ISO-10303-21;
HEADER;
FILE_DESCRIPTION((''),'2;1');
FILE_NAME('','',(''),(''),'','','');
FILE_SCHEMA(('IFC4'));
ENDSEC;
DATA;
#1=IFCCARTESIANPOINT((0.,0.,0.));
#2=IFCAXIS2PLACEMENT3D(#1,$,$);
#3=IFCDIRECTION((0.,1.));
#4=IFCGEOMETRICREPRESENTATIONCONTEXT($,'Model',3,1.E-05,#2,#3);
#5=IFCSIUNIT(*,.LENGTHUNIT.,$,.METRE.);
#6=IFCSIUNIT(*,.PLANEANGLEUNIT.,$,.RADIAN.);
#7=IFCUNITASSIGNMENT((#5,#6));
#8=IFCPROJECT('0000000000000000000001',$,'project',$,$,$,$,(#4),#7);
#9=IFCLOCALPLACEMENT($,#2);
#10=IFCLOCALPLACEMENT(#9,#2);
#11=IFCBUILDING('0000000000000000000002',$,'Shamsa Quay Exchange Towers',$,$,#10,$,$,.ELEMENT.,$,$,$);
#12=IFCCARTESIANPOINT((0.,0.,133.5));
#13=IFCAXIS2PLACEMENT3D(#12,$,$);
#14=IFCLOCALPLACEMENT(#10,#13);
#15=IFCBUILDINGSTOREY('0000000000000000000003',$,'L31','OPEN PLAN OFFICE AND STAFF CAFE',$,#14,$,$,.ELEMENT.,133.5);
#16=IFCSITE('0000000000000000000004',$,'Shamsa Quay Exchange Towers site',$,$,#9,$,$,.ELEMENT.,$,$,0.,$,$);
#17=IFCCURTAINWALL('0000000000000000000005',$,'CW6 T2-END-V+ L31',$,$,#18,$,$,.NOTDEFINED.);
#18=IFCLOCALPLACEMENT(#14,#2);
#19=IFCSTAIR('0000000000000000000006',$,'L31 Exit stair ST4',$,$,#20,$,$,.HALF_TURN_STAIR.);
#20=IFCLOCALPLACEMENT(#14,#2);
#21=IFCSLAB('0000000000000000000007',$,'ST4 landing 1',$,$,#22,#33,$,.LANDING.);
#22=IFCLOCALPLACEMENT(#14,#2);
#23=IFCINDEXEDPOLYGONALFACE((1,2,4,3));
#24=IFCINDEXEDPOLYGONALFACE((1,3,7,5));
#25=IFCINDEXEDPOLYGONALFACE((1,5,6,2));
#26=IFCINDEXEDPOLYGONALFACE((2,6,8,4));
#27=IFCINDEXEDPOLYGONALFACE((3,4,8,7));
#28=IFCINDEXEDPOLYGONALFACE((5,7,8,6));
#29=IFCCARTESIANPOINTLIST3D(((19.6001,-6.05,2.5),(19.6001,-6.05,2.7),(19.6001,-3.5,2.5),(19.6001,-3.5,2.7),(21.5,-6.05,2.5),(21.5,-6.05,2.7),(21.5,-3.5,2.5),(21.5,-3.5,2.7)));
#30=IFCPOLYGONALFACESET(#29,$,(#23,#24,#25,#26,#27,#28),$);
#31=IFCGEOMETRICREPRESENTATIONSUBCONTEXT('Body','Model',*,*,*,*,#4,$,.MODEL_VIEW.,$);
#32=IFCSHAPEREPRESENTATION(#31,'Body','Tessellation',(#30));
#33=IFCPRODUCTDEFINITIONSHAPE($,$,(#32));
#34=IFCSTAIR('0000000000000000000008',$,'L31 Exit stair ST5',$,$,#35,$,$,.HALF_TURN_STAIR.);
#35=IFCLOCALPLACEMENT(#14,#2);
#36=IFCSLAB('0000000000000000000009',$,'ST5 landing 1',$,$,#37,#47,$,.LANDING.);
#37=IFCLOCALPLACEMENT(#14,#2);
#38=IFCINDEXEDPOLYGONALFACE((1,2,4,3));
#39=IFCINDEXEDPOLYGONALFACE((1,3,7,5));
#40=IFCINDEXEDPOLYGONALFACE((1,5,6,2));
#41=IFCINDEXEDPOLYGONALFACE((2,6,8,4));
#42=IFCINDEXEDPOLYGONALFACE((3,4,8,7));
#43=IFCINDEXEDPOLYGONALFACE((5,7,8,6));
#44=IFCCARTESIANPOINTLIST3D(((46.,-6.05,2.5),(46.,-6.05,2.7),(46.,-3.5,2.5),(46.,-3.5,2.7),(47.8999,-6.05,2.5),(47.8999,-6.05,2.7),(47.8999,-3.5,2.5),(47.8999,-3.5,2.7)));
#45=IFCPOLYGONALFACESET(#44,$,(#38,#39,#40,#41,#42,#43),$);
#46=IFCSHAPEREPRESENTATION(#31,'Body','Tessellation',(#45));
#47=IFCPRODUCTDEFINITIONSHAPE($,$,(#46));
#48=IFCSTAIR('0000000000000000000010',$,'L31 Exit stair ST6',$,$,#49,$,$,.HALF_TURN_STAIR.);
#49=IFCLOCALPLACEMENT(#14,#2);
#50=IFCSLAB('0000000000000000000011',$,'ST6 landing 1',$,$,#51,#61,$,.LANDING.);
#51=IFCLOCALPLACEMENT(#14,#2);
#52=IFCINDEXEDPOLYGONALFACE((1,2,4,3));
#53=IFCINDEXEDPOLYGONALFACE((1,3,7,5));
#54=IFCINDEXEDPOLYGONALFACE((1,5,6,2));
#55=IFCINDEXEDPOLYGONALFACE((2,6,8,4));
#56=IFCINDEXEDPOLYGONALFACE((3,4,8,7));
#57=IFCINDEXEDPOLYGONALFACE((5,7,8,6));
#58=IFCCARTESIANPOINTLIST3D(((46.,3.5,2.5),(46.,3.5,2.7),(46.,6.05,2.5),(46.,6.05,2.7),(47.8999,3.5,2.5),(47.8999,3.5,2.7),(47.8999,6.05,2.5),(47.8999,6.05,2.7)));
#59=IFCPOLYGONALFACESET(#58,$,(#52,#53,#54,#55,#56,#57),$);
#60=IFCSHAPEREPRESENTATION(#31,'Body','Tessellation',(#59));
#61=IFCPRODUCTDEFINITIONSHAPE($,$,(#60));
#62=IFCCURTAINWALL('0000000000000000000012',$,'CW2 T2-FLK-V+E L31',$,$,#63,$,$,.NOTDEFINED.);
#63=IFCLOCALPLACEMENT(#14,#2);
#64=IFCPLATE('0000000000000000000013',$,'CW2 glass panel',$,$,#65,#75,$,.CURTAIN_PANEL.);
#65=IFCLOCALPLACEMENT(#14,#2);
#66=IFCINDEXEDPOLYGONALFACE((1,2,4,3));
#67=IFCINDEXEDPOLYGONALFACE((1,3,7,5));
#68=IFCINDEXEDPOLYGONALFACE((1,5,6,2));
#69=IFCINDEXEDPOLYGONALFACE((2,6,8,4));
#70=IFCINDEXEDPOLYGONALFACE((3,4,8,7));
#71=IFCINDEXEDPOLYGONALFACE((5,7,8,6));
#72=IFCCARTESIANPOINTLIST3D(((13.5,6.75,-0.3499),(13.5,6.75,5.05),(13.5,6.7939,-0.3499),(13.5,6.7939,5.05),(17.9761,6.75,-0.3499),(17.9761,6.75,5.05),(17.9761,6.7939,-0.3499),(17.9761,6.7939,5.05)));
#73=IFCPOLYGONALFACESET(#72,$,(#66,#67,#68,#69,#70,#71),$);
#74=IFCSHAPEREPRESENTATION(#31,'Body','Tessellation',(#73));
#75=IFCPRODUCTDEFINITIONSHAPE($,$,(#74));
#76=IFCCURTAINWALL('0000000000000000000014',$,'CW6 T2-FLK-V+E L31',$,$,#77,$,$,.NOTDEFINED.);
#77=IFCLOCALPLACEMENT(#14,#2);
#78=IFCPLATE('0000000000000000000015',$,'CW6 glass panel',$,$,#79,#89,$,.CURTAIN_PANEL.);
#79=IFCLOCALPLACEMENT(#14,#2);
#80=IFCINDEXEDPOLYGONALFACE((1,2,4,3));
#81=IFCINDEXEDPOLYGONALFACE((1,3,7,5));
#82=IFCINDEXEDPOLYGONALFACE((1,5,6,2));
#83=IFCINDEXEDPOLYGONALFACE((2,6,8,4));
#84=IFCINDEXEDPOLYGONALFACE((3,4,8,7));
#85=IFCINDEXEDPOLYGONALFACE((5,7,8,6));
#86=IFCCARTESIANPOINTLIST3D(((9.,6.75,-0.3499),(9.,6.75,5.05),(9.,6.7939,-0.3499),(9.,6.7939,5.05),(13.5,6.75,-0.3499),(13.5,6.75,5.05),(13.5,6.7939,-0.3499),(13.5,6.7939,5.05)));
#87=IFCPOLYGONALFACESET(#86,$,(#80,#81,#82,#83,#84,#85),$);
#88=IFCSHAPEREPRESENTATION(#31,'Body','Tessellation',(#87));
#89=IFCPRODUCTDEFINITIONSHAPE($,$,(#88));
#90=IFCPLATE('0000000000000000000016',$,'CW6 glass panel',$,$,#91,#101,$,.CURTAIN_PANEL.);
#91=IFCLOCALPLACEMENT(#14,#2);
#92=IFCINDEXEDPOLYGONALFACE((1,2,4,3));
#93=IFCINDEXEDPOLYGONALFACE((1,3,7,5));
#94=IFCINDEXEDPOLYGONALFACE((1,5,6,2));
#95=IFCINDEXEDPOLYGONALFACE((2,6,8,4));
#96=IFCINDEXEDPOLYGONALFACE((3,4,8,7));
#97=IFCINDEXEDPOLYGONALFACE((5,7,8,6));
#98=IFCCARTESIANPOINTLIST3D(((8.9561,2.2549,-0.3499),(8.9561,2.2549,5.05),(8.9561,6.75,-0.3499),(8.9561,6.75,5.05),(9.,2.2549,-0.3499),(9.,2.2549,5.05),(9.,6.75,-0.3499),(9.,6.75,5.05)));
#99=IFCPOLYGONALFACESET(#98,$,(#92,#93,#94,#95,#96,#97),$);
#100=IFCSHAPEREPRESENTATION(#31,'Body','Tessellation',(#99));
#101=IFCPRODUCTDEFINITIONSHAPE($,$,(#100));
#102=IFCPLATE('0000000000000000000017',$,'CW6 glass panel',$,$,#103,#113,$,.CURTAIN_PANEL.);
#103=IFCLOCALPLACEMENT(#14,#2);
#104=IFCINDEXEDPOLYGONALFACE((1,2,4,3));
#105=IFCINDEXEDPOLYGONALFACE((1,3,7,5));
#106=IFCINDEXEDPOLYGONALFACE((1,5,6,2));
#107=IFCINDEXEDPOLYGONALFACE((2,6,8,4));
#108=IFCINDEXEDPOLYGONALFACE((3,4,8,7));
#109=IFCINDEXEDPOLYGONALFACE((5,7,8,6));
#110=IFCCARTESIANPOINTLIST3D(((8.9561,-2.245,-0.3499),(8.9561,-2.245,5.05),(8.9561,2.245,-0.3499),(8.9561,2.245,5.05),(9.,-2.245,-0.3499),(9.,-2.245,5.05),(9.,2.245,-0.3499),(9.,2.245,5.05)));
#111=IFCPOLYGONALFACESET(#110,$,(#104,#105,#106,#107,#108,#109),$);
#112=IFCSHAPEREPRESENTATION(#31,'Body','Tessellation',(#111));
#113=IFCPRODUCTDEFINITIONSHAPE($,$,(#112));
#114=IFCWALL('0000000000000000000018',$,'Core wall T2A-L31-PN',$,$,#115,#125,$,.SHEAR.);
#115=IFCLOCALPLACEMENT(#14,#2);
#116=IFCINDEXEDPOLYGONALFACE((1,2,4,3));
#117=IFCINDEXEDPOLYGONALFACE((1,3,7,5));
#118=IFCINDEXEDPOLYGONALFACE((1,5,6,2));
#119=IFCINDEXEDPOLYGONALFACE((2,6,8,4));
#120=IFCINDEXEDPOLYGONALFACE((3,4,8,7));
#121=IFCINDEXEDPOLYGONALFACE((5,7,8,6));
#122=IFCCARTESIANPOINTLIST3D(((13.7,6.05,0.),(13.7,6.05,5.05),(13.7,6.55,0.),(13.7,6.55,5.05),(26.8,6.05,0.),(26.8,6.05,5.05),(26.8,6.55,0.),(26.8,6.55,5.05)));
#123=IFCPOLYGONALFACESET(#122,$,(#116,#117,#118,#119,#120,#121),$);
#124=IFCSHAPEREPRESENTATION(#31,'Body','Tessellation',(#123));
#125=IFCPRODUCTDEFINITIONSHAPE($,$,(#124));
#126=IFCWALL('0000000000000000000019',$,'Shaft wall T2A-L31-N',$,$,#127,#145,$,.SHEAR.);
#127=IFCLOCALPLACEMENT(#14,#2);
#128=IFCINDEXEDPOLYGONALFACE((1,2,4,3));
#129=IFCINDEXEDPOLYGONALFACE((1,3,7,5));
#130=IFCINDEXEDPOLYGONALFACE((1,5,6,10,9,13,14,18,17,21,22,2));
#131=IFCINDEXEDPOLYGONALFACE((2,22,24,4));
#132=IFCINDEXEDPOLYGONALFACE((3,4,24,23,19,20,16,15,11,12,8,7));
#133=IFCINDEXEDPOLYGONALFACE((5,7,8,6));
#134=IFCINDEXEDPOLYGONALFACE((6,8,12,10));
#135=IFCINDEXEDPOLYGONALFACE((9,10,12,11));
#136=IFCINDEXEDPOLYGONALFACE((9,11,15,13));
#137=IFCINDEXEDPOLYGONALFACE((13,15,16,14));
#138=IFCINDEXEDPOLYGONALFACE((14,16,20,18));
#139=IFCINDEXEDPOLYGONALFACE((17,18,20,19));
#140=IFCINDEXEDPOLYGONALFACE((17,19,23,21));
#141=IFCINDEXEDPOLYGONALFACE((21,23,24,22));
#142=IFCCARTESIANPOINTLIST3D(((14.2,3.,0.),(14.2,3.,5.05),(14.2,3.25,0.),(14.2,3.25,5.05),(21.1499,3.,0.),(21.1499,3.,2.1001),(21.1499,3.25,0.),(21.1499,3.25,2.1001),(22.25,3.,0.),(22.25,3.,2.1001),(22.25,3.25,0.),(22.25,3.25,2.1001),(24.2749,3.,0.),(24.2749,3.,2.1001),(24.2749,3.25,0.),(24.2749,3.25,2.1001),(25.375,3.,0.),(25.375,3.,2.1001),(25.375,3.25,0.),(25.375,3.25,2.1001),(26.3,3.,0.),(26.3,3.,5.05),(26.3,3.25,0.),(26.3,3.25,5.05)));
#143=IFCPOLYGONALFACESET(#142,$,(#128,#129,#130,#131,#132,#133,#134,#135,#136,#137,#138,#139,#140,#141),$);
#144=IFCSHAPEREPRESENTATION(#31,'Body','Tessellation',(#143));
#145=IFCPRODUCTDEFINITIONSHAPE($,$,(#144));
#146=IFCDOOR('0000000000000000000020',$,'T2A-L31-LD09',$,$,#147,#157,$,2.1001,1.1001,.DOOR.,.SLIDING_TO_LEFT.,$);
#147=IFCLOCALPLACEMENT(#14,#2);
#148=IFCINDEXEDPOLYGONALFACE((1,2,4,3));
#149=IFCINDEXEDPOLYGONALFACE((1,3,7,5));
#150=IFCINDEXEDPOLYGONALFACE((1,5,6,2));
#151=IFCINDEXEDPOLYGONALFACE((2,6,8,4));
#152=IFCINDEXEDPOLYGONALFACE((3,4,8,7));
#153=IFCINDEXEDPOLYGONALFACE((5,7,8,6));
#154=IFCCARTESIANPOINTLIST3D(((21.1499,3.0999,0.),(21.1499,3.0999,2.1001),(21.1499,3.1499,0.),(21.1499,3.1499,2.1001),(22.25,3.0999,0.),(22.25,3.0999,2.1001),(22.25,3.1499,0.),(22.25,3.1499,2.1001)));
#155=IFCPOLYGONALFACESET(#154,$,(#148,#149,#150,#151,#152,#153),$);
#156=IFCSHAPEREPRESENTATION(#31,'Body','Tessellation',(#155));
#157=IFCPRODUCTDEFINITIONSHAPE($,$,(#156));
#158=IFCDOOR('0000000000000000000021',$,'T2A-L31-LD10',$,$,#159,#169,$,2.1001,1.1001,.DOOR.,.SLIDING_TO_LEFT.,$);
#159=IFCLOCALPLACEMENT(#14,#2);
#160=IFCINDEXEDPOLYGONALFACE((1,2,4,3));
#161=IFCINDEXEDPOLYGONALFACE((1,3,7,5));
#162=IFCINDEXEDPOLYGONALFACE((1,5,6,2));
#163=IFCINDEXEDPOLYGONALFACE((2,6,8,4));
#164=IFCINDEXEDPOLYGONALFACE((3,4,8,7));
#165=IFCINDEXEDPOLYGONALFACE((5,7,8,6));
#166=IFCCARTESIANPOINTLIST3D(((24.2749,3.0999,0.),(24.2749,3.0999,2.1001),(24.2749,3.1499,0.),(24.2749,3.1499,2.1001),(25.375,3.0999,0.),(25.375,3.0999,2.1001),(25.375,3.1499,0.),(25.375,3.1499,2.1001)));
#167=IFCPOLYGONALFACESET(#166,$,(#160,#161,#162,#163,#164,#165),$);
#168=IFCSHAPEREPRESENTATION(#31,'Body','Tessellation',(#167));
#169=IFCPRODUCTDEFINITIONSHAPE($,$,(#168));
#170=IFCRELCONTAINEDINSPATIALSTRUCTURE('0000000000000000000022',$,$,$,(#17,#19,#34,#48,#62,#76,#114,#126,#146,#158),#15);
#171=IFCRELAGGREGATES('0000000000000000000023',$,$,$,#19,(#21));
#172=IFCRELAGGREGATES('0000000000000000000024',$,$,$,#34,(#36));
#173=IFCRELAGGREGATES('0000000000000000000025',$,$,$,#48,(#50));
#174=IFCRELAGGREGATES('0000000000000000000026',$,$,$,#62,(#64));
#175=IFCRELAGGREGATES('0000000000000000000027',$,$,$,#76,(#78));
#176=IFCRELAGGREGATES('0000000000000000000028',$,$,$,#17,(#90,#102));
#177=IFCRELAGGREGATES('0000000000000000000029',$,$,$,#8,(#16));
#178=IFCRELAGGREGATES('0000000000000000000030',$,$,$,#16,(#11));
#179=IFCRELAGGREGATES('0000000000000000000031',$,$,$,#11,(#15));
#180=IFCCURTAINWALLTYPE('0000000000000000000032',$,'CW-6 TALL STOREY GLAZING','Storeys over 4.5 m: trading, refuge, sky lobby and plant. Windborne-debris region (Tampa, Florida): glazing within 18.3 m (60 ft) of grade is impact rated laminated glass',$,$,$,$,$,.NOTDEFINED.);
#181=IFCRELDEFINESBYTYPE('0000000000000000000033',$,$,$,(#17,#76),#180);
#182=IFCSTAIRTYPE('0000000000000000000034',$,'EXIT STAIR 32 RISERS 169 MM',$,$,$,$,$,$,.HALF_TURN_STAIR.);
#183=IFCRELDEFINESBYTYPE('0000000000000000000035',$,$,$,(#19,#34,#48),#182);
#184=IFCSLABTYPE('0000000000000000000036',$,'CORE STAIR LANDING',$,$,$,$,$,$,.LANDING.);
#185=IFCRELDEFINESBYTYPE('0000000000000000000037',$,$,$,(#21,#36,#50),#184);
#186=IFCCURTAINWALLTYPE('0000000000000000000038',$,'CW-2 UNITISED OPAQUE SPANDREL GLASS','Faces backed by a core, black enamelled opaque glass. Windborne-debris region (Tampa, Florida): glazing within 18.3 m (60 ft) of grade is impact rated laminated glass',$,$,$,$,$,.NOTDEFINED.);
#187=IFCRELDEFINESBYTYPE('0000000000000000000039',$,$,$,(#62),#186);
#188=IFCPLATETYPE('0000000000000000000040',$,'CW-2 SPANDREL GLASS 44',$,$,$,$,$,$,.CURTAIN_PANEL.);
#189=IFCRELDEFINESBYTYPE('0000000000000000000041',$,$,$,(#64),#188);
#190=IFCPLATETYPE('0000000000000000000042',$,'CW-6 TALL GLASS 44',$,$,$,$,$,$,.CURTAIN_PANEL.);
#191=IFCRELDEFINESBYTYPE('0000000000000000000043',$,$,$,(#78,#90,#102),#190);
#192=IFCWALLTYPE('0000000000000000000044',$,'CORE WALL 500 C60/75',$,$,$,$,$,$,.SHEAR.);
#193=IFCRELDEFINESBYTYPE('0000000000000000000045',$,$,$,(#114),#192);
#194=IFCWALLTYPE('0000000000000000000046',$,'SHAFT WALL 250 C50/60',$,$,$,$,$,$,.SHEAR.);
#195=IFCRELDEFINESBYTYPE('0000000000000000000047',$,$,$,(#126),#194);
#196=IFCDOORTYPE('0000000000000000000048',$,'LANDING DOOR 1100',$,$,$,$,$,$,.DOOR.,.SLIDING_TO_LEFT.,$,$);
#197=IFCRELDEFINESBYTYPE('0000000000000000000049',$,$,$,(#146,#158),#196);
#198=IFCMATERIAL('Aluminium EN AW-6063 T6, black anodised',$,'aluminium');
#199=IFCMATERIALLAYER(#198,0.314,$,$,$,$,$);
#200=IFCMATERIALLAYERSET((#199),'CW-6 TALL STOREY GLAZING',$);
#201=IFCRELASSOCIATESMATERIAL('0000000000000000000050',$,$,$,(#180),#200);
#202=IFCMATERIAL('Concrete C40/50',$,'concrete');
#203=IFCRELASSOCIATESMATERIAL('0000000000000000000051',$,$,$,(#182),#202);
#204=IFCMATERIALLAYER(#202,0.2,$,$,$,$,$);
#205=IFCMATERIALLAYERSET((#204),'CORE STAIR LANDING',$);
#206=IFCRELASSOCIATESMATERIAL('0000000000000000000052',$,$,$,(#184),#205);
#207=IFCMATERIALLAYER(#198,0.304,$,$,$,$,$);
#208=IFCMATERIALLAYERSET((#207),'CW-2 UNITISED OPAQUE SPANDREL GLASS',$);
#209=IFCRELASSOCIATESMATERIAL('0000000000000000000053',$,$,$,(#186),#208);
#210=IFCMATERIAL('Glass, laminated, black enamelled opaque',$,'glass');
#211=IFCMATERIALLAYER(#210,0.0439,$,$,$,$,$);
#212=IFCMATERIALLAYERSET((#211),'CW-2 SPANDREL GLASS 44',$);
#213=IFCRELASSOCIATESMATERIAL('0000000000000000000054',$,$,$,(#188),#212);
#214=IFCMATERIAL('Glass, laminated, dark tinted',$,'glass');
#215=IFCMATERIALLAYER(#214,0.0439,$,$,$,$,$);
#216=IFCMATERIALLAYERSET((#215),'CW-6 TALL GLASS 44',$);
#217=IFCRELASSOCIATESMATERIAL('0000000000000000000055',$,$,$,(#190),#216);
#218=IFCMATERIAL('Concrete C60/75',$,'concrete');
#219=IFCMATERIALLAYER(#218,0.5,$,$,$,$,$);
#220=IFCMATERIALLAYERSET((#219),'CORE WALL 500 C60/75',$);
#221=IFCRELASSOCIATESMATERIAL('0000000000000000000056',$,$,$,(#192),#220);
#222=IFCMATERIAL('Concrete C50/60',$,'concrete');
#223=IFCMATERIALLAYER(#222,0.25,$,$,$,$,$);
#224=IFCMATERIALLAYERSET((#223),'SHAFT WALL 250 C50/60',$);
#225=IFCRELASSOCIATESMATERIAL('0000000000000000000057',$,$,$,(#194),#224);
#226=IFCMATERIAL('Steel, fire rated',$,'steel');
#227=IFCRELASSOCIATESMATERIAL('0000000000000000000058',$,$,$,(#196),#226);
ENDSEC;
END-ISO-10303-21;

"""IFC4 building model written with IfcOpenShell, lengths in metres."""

from ifc_helpers import new_model, si_unit, direction, frame, frame_2d, origin, origin_2d, place, context, subcontext, project, spatial, polyline, rectangle, outline, extrude, material, layer, layer_set, type_object, element, fill, aggregate, save


model = new_model("IFC4")

# Units and contexts
model_context = context("Model", 3, precision=1e-05, world=origin(), true_north=direction((0.0, 1.0)))
body_context = subcontext(model_context, "Body", "Model", "MODEL_VIEW")
ifc_project = project(units=[si_unit("LENGTHUNIT", "METRE"), si_unit("PLANEANGLEUNIT", "RADIAN")], contexts=[model_context])

# Site, building, storey
site_placement = place(None, origin())
site = spatial("IfcSite", under=ifc_project, at=site_placement, Name="Shamsa Quay Exchange Towers site", CompositionType="ELEMENT", RefElevation=0.0)
building_placement = place(site_placement, origin())
building = spatial("IfcBuilding", under=site, at=building_placement, Name="Shamsa Quay Exchange Towers", CompositionType="ELEMENT")
storey_placement = place(building_placement, frame((0.0, 0.0, 133.5)))
storey = spatial("IfcBuildingStorey", under=building, at=storey_placement, Name="L31", Description="OPEN PLAN OFFICE AND STAFF CAFE", CompositionType="ELEMENT", Elevation=133.5)

# Curtain wall
ifc_material_1 = material(Name="Aluminium EN AW-6063 T6, black anodised", Category="aluminium")
ifc_layer_1 = layer(ifc_material_1, 0.314)
ifc_layer_set_1 = layer_set([ifc_layer_1], Name="CW-6 TALL STOREY GLAZING")
curtain_wall_type_1 = type_object("IfcCurtainWallType", Name="CW-6 TALL STOREY GLAZING", Description="Storeys over 4.5 m: trading, refuge, sky lobby and plant. Windborne-debris region (Tampa, Florida): glazing within 18.3 m (60 ft) of grade is impact rated laminated glass", PredefinedType="NOTDEFINED", material=ifc_layer_set_1)
curtain_wall_1_placement = place(storey_placement, origin())
curtain_wall_1 = element("IfcCurtainWall", 1, at=curtain_wall_1_placement, inside=storey, type_object=curtain_wall_type_1, Name="CW6 T2-END-V+ L31", PredefinedType="NOTDEFINED")

# Shared definitions
ifc_material_2 = material(Name="Concrete C50/60", Category="concrete")

# Stairs, slabs
ifc_material_3 = material(Name="Concrete C40/50", Category="concrete")
stair_type = type_object("IfcStairType", Name="EXIT STAIR 32 RISERS 169 MM", PredefinedType="HALF_TURN_STAIR", material=ifc_material_3)
ifc_layer_2 = layer(ifc_material_3, 0.2)
ifc_layer_set_2 = layer_set([ifc_layer_2], Name="CORE STAIR LANDING")
slab_type_1 = type_object("IfcSlabType", Name="CORE STAIR LANDING", PredefinedType="LANDING", material=ifc_layer_set_2)
stair_1_placement = place(storey_placement, origin())
stair_1 = element("IfcStair", 2, at=stair_1_placement, inside=storey, type_object=stair_type, Name="L31 Exit stair ST4", PredefinedType="HALF_TURN_STAIR")
slab_1_placement = place(storey_placement, frame((0.0, 0.0, 2.5)))
slab_1 = element("IfcSlab", 3, at=slab_1_placement, type_object=slab_type_1, Name="ST4 landing 1", PredefinedType="LANDING", context=body_context, shape_type="SweptSolid", body=[
    extrude(outline(polyline([(19.6001, -6.05), (21.5, -6.05), (21.5, -3.5), (19.6001, -3.5), (19.6001, -6.05)])), origin(), (0.0, 0.0, 1.0), 0.2),
])
aggregate(stair_1, [slab_1])
stair_2_placement = place(storey_placement, origin())
stair_2 = element("IfcStair", 4, at=stair_2_placement, inside=storey, type_object=stair_type, Name="L31 Exit stair ST5", PredefinedType="HALF_TURN_STAIR")
slab_2_placement = place(storey_placement, frame((0.0, 0.0, 2.5)))
slab_2 = element("IfcSlab", 5, at=slab_2_placement, type_object=slab_type_1, Name="ST5 landing 1", PredefinedType="LANDING", context=body_context, shape_type="SweptSolid", body=[
    extrude(outline(polyline([(47.8999, -3.5), (46.0, -3.5), (46.0, -6.05), (47.8999, -6.05), (47.8999, -3.5)])), origin(), (0.0, 0.0, 1.0), 0.2),
])
aggregate(stair_2, [slab_2])
stair_3_placement = place(storey_placement, origin())
stair_3 = element("IfcStair", 6, at=stair_3_placement, inside=storey, type_object=stair_type, Name="L31 Exit stair ST6", PredefinedType="HALF_TURN_STAIR")
slab_3_placement = place(storey_placement, frame((0.0, 0.0, 2.5)))
slab_3 = element("IfcSlab", 7, at=slab_3_placement, type_object=slab_type_1, Name="ST6 landing 1", PredefinedType="LANDING", context=body_context, shape_type="SweptSolid", body=[
    extrude(outline(polyline([(47.8999, 6.05), (46.0, 6.05), (46.0, 3.5), (47.8999, 3.5), (47.8999, 6.05)])), origin(), (0.0, 0.0, 1.0), 0.2),
])
aggregate(stair_3, [slab_3])

# Curtain walls, plates
ifc_layer_3 = layer(ifc_material_1, 0.304)
ifc_layer_set_3 = layer_set([ifc_layer_3], Name="CW-2 UNITISED OPAQUE SPANDREL GLASS")
curtain_wall_type_2 = type_object("IfcCurtainWallType", Name="CW-2 UNITISED OPAQUE SPANDREL GLASS", Description="Faces backed by a core, black enamelled opaque glass. Windborne-debris region (Tampa, Florida): glazing within 18.3 m (60 ft) of grade is impact rated laminated glass", PredefinedType="NOTDEFINED", material=ifc_layer_set_3)
curtain_wall_2_placement = place(storey_placement, origin())
curtain_wall_2 = element("IfcCurtainWall", 8, at=curtain_wall_2_placement, inside=storey, type_object=curtain_wall_type_2, Name="CW2 T2-FLK-V+E L31", PredefinedType="NOTDEFINED")
ifc_material_4 = material(Name="Glass, laminated, black enamelled opaque", Category="glass")
ifc_layer_4 = layer(ifc_material_4, 0.0439)
ifc_layer_set_4 = layer_set([ifc_layer_4], Name="CW-2 SPANDREL GLASS 44")
plate_type_1 = type_object("IfcPlateType", Name="CW-2 SPANDREL GLASS 44", PredefinedType="CURTAIN_PANEL", material=ifc_layer_set_4)
plate_1_placement = place(storey_placement, frame((15.738, 6.772, -0.3499), z_axis=(0.0, 0.0, 1.0), x_axis=(-1.0, 0.0, 0.0)))
plate_1 = element("IfcPlate", 9, at=plate_1_placement, type_object=plate_type_1, Name="CW2 glass panel", PredefinedType="CURTAIN_PANEL", context=body_context, shape_type="SweptSolid", body=[
    extrude(rectangle(XDim=4.4761, YDim=0.0439, at=origin_2d()), origin(), (0.0, 0.0, 1.0), 5.3999),
])
aggregate(curtain_wall_2, [plate_1])
curtain_wall_3_placement = place(storey_placement, origin())
curtain_wall_3 = element("IfcCurtainWall", 10, at=curtain_wall_3_placement, inside=storey, type_object=curtain_wall_type_1, Name="CW6 T2-FLK-V+E L31", PredefinedType="NOTDEFINED")
ifc_material_5 = material(Name="Glass, laminated, dark tinted", Category="glass")
ifc_layer_5 = layer(ifc_material_5, 0.0439)
ifc_layer_set_5 = layer_set([ifc_layer_5], Name="CW-6 TALL GLASS 44")
plate_type_2 = type_object("IfcPlateType", Name="CW-6 TALL GLASS 44", PredefinedType="CURTAIN_PANEL", material=ifc_layer_set_5)
plate_2_placement = place(storey_placement, frame((11.25, 6.772, -0.3499), z_axis=(0.0, 0.0, 1.0), x_axis=(-1.0, 0.0, 0.0)))
plate_2 = element("IfcPlate", 11, at=plate_2_placement, type_object=plate_type_2, Name="CW6 glass panel", PredefinedType="CURTAIN_PANEL", context=body_context, shape_type="SweptSolid", body=[
    extrude(rectangle(XDim=4.5, YDim=0.0439, at=origin_2d()), origin(), (0.0, 0.0, 1.0), 5.3999),
])
aggregate(curtain_wall_3, [plate_2])

# Plates
plate_3_placement = place(storey_placement, frame((8.978, 4.5024, -0.3499), z_axis=(0.0, 0.0, 1.0), x_axis=(0.0, -1.0, 0.0)))
plate_3 = element("IfcPlate", 12, at=plate_3_placement, type_object=plate_type_2, Name="CW6 glass panel", PredefinedType="CURTAIN_PANEL", context=body_context, shape_type="SweptSolid", body=[
    extrude(rectangle(XDim=4.4951, YDim=0.0439, at=origin_2d()), origin(), (0.0, 0.0, 1.0), 5.3999),
])
plate_4_placement = place(storey_placement, frame((8.978, 0.0, -0.3499), z_axis=(0.0, 0.0, 1.0), x_axis=(0.0, -1.0, 0.0)))
plate_4 = element("IfcPlate", 13, at=plate_4_placement, type_object=plate_type_2, Name="CW6 glass panel", PredefinedType="CURTAIN_PANEL", context=body_context, shape_type="SweptSolid", body=[
    extrude(rectangle(XDim=4.49, YDim=0.0439, at=origin_2d()), origin(), (0.0, 0.0, 1.0), 5.3999),
])
aggregate(curtain_wall_1, [plate_3, plate_4])

# Wall
ifc_material_6 = material(Name="Concrete C60/75", Category="concrete")
ifc_layer_6 = layer(ifc_material_6, 0.5)
ifc_layer_set_6 = layer_set([ifc_layer_6], Name="CORE WALL 500 C60/75")
wall_type_1 = type_object("IfcWallType", Name="CORE WALL 500 C60/75", PredefinedType="SHEAR", material=ifc_layer_set_6)
wall_1_placement = place(storey_placement, frame((13.7, 6.3, 0.0)))
element("IfcWall", 14, at=wall_1_placement, inside=storey, type_object=wall_type_1, Name="Core wall T2A-L31-PN", PredefinedType="SHEAR", context=body_context, shape_type="SweptSolid", body=[
    extrude(rectangle(XDim=13.1001, YDim=0.5, at=frame_2d((6.55, 0.0))), origin(), (0.0, 0.0, 1.0), 5.05),
])

# Shared definitions
ifc_material_7 = material(Name="Steel, fire rated", Category="steel")

# Wall, openings, doors
ifc_layer_7 = layer(ifc_material_2, 0.25)
ifc_layer_set_7 = layer_set([ifc_layer_7], Name="SHAFT WALL 250 C50/60")
wall_type_2 = type_object("IfcWallType", Name="SHAFT WALL 250 C50/60", PredefinedType="SHEAR", material=ifc_layer_set_7)
wall_2_placement = place(storey_placement, frame((14.2, 3.125, 0.0)))
wall_2 = element("IfcWall", 15, at=wall_2_placement, inside=storey, type_object=wall_type_2, Name="Shaft wall T2A-L31-N", PredefinedType="SHEAR", context=body_context, shape_type="SweptSolid", body=[
    extrude(rectangle(XDim=12.1001, YDim=0.25, at=frame_2d((6.05, 0.0))), origin(), (0.0, 0.0, 1.0), 5.05),
])
opening_1_placement = place(wall_2_placement, frame((6.95, 0.0, 0.0)))
opening_1 = element("IfcOpeningElement", 16, at=opening_1_placement, cuts=wall_2, PredefinedType="OPENING", context=body_context, shape_type="SweptSolid", body=[
    extrude(rectangle(XDim=1.1001, YDim=2.1001, at=frame_2d((0.55, 1.05))), frame((0.0, 0.135, 0.0), z_axis=(0.0, -1.0, 0.0), x_axis=(1.0, 0.0, 0.0)), (0.0, 0.0, 1.0), 0.27),
])
opening_2_placement = place(wall_2_placement, frame((10.075, 0.0, 0.0)))
opening_2 = element("IfcOpeningElement", 17, at=opening_2_placement, cuts=wall_2, PredefinedType="OPENING", context=body_context, shape_type="SweptSolid", body=[
    extrude(rectangle(XDim=1.1001, YDim=2.1001, at=frame_2d((0.55, 1.05))), frame((0.0, 0.135, 0.0), z_axis=(0.0, -1.0, 0.0), x_axis=(1.0, 0.0, 0.0)), (0.0, 0.0, 1.0), 0.27),
])
door_type_1 = type_object("IfcDoorType", Name="LANDING DOOR 1100", OperationType="SLIDING_TO_LEFT", PredefinedType="DOOR", material=ifc_material_7)
door_1_placement = place(opening_1_placement, origin())
door_1 = element("IfcDoor", 18, at=door_1_placement, inside=storey, type_object=door_type_1, Name="T2A-L31-LD09", OperationType="SLIDING_TO_LEFT", OverallHeight=2.1001, OverallWidth=1.1001, PredefinedType="DOOR", context=body_context, shape_type="SweptSolid", body=[
    extrude(rectangle(XDim=1.1001, YDim=2.1001, at=frame_2d((0.55, 1.05))), frame((0.0, 0.0249, 0.0), z_axis=(0.0, -1.0, 0.0), x_axis=(1.0, 0.0, 0.0)), (0.0, 0.0, 1.0), 0.05),
])
fill(opening_1, door_1)
door_2_placement = place(opening_2_placement, origin())
door_2 = element("IfcDoor", 19, at=door_2_placement, inside=storey, type_object=door_type_1, Name="T2A-L31-LD10", OperationType="SLIDING_TO_LEFT", OverallHeight=2.1001, OverallWidth=1.1001, PredefinedType="DOOR", context=body_context, shape_type="SweptSolid", body=[
    extrude(rectangle(XDim=1.1001, YDim=2.1001, at=frame_2d((0.55, 1.05))), frame((0.0, 0.0249, 0.0), z_axis=(0.0, -1.0, 0.0), x_axis=(1.0, 0.0, 0.0)), (0.0, 0.0, 1.0), 0.05),
])
fill(opening_2, door_2)

save(model, "model.ifc")
